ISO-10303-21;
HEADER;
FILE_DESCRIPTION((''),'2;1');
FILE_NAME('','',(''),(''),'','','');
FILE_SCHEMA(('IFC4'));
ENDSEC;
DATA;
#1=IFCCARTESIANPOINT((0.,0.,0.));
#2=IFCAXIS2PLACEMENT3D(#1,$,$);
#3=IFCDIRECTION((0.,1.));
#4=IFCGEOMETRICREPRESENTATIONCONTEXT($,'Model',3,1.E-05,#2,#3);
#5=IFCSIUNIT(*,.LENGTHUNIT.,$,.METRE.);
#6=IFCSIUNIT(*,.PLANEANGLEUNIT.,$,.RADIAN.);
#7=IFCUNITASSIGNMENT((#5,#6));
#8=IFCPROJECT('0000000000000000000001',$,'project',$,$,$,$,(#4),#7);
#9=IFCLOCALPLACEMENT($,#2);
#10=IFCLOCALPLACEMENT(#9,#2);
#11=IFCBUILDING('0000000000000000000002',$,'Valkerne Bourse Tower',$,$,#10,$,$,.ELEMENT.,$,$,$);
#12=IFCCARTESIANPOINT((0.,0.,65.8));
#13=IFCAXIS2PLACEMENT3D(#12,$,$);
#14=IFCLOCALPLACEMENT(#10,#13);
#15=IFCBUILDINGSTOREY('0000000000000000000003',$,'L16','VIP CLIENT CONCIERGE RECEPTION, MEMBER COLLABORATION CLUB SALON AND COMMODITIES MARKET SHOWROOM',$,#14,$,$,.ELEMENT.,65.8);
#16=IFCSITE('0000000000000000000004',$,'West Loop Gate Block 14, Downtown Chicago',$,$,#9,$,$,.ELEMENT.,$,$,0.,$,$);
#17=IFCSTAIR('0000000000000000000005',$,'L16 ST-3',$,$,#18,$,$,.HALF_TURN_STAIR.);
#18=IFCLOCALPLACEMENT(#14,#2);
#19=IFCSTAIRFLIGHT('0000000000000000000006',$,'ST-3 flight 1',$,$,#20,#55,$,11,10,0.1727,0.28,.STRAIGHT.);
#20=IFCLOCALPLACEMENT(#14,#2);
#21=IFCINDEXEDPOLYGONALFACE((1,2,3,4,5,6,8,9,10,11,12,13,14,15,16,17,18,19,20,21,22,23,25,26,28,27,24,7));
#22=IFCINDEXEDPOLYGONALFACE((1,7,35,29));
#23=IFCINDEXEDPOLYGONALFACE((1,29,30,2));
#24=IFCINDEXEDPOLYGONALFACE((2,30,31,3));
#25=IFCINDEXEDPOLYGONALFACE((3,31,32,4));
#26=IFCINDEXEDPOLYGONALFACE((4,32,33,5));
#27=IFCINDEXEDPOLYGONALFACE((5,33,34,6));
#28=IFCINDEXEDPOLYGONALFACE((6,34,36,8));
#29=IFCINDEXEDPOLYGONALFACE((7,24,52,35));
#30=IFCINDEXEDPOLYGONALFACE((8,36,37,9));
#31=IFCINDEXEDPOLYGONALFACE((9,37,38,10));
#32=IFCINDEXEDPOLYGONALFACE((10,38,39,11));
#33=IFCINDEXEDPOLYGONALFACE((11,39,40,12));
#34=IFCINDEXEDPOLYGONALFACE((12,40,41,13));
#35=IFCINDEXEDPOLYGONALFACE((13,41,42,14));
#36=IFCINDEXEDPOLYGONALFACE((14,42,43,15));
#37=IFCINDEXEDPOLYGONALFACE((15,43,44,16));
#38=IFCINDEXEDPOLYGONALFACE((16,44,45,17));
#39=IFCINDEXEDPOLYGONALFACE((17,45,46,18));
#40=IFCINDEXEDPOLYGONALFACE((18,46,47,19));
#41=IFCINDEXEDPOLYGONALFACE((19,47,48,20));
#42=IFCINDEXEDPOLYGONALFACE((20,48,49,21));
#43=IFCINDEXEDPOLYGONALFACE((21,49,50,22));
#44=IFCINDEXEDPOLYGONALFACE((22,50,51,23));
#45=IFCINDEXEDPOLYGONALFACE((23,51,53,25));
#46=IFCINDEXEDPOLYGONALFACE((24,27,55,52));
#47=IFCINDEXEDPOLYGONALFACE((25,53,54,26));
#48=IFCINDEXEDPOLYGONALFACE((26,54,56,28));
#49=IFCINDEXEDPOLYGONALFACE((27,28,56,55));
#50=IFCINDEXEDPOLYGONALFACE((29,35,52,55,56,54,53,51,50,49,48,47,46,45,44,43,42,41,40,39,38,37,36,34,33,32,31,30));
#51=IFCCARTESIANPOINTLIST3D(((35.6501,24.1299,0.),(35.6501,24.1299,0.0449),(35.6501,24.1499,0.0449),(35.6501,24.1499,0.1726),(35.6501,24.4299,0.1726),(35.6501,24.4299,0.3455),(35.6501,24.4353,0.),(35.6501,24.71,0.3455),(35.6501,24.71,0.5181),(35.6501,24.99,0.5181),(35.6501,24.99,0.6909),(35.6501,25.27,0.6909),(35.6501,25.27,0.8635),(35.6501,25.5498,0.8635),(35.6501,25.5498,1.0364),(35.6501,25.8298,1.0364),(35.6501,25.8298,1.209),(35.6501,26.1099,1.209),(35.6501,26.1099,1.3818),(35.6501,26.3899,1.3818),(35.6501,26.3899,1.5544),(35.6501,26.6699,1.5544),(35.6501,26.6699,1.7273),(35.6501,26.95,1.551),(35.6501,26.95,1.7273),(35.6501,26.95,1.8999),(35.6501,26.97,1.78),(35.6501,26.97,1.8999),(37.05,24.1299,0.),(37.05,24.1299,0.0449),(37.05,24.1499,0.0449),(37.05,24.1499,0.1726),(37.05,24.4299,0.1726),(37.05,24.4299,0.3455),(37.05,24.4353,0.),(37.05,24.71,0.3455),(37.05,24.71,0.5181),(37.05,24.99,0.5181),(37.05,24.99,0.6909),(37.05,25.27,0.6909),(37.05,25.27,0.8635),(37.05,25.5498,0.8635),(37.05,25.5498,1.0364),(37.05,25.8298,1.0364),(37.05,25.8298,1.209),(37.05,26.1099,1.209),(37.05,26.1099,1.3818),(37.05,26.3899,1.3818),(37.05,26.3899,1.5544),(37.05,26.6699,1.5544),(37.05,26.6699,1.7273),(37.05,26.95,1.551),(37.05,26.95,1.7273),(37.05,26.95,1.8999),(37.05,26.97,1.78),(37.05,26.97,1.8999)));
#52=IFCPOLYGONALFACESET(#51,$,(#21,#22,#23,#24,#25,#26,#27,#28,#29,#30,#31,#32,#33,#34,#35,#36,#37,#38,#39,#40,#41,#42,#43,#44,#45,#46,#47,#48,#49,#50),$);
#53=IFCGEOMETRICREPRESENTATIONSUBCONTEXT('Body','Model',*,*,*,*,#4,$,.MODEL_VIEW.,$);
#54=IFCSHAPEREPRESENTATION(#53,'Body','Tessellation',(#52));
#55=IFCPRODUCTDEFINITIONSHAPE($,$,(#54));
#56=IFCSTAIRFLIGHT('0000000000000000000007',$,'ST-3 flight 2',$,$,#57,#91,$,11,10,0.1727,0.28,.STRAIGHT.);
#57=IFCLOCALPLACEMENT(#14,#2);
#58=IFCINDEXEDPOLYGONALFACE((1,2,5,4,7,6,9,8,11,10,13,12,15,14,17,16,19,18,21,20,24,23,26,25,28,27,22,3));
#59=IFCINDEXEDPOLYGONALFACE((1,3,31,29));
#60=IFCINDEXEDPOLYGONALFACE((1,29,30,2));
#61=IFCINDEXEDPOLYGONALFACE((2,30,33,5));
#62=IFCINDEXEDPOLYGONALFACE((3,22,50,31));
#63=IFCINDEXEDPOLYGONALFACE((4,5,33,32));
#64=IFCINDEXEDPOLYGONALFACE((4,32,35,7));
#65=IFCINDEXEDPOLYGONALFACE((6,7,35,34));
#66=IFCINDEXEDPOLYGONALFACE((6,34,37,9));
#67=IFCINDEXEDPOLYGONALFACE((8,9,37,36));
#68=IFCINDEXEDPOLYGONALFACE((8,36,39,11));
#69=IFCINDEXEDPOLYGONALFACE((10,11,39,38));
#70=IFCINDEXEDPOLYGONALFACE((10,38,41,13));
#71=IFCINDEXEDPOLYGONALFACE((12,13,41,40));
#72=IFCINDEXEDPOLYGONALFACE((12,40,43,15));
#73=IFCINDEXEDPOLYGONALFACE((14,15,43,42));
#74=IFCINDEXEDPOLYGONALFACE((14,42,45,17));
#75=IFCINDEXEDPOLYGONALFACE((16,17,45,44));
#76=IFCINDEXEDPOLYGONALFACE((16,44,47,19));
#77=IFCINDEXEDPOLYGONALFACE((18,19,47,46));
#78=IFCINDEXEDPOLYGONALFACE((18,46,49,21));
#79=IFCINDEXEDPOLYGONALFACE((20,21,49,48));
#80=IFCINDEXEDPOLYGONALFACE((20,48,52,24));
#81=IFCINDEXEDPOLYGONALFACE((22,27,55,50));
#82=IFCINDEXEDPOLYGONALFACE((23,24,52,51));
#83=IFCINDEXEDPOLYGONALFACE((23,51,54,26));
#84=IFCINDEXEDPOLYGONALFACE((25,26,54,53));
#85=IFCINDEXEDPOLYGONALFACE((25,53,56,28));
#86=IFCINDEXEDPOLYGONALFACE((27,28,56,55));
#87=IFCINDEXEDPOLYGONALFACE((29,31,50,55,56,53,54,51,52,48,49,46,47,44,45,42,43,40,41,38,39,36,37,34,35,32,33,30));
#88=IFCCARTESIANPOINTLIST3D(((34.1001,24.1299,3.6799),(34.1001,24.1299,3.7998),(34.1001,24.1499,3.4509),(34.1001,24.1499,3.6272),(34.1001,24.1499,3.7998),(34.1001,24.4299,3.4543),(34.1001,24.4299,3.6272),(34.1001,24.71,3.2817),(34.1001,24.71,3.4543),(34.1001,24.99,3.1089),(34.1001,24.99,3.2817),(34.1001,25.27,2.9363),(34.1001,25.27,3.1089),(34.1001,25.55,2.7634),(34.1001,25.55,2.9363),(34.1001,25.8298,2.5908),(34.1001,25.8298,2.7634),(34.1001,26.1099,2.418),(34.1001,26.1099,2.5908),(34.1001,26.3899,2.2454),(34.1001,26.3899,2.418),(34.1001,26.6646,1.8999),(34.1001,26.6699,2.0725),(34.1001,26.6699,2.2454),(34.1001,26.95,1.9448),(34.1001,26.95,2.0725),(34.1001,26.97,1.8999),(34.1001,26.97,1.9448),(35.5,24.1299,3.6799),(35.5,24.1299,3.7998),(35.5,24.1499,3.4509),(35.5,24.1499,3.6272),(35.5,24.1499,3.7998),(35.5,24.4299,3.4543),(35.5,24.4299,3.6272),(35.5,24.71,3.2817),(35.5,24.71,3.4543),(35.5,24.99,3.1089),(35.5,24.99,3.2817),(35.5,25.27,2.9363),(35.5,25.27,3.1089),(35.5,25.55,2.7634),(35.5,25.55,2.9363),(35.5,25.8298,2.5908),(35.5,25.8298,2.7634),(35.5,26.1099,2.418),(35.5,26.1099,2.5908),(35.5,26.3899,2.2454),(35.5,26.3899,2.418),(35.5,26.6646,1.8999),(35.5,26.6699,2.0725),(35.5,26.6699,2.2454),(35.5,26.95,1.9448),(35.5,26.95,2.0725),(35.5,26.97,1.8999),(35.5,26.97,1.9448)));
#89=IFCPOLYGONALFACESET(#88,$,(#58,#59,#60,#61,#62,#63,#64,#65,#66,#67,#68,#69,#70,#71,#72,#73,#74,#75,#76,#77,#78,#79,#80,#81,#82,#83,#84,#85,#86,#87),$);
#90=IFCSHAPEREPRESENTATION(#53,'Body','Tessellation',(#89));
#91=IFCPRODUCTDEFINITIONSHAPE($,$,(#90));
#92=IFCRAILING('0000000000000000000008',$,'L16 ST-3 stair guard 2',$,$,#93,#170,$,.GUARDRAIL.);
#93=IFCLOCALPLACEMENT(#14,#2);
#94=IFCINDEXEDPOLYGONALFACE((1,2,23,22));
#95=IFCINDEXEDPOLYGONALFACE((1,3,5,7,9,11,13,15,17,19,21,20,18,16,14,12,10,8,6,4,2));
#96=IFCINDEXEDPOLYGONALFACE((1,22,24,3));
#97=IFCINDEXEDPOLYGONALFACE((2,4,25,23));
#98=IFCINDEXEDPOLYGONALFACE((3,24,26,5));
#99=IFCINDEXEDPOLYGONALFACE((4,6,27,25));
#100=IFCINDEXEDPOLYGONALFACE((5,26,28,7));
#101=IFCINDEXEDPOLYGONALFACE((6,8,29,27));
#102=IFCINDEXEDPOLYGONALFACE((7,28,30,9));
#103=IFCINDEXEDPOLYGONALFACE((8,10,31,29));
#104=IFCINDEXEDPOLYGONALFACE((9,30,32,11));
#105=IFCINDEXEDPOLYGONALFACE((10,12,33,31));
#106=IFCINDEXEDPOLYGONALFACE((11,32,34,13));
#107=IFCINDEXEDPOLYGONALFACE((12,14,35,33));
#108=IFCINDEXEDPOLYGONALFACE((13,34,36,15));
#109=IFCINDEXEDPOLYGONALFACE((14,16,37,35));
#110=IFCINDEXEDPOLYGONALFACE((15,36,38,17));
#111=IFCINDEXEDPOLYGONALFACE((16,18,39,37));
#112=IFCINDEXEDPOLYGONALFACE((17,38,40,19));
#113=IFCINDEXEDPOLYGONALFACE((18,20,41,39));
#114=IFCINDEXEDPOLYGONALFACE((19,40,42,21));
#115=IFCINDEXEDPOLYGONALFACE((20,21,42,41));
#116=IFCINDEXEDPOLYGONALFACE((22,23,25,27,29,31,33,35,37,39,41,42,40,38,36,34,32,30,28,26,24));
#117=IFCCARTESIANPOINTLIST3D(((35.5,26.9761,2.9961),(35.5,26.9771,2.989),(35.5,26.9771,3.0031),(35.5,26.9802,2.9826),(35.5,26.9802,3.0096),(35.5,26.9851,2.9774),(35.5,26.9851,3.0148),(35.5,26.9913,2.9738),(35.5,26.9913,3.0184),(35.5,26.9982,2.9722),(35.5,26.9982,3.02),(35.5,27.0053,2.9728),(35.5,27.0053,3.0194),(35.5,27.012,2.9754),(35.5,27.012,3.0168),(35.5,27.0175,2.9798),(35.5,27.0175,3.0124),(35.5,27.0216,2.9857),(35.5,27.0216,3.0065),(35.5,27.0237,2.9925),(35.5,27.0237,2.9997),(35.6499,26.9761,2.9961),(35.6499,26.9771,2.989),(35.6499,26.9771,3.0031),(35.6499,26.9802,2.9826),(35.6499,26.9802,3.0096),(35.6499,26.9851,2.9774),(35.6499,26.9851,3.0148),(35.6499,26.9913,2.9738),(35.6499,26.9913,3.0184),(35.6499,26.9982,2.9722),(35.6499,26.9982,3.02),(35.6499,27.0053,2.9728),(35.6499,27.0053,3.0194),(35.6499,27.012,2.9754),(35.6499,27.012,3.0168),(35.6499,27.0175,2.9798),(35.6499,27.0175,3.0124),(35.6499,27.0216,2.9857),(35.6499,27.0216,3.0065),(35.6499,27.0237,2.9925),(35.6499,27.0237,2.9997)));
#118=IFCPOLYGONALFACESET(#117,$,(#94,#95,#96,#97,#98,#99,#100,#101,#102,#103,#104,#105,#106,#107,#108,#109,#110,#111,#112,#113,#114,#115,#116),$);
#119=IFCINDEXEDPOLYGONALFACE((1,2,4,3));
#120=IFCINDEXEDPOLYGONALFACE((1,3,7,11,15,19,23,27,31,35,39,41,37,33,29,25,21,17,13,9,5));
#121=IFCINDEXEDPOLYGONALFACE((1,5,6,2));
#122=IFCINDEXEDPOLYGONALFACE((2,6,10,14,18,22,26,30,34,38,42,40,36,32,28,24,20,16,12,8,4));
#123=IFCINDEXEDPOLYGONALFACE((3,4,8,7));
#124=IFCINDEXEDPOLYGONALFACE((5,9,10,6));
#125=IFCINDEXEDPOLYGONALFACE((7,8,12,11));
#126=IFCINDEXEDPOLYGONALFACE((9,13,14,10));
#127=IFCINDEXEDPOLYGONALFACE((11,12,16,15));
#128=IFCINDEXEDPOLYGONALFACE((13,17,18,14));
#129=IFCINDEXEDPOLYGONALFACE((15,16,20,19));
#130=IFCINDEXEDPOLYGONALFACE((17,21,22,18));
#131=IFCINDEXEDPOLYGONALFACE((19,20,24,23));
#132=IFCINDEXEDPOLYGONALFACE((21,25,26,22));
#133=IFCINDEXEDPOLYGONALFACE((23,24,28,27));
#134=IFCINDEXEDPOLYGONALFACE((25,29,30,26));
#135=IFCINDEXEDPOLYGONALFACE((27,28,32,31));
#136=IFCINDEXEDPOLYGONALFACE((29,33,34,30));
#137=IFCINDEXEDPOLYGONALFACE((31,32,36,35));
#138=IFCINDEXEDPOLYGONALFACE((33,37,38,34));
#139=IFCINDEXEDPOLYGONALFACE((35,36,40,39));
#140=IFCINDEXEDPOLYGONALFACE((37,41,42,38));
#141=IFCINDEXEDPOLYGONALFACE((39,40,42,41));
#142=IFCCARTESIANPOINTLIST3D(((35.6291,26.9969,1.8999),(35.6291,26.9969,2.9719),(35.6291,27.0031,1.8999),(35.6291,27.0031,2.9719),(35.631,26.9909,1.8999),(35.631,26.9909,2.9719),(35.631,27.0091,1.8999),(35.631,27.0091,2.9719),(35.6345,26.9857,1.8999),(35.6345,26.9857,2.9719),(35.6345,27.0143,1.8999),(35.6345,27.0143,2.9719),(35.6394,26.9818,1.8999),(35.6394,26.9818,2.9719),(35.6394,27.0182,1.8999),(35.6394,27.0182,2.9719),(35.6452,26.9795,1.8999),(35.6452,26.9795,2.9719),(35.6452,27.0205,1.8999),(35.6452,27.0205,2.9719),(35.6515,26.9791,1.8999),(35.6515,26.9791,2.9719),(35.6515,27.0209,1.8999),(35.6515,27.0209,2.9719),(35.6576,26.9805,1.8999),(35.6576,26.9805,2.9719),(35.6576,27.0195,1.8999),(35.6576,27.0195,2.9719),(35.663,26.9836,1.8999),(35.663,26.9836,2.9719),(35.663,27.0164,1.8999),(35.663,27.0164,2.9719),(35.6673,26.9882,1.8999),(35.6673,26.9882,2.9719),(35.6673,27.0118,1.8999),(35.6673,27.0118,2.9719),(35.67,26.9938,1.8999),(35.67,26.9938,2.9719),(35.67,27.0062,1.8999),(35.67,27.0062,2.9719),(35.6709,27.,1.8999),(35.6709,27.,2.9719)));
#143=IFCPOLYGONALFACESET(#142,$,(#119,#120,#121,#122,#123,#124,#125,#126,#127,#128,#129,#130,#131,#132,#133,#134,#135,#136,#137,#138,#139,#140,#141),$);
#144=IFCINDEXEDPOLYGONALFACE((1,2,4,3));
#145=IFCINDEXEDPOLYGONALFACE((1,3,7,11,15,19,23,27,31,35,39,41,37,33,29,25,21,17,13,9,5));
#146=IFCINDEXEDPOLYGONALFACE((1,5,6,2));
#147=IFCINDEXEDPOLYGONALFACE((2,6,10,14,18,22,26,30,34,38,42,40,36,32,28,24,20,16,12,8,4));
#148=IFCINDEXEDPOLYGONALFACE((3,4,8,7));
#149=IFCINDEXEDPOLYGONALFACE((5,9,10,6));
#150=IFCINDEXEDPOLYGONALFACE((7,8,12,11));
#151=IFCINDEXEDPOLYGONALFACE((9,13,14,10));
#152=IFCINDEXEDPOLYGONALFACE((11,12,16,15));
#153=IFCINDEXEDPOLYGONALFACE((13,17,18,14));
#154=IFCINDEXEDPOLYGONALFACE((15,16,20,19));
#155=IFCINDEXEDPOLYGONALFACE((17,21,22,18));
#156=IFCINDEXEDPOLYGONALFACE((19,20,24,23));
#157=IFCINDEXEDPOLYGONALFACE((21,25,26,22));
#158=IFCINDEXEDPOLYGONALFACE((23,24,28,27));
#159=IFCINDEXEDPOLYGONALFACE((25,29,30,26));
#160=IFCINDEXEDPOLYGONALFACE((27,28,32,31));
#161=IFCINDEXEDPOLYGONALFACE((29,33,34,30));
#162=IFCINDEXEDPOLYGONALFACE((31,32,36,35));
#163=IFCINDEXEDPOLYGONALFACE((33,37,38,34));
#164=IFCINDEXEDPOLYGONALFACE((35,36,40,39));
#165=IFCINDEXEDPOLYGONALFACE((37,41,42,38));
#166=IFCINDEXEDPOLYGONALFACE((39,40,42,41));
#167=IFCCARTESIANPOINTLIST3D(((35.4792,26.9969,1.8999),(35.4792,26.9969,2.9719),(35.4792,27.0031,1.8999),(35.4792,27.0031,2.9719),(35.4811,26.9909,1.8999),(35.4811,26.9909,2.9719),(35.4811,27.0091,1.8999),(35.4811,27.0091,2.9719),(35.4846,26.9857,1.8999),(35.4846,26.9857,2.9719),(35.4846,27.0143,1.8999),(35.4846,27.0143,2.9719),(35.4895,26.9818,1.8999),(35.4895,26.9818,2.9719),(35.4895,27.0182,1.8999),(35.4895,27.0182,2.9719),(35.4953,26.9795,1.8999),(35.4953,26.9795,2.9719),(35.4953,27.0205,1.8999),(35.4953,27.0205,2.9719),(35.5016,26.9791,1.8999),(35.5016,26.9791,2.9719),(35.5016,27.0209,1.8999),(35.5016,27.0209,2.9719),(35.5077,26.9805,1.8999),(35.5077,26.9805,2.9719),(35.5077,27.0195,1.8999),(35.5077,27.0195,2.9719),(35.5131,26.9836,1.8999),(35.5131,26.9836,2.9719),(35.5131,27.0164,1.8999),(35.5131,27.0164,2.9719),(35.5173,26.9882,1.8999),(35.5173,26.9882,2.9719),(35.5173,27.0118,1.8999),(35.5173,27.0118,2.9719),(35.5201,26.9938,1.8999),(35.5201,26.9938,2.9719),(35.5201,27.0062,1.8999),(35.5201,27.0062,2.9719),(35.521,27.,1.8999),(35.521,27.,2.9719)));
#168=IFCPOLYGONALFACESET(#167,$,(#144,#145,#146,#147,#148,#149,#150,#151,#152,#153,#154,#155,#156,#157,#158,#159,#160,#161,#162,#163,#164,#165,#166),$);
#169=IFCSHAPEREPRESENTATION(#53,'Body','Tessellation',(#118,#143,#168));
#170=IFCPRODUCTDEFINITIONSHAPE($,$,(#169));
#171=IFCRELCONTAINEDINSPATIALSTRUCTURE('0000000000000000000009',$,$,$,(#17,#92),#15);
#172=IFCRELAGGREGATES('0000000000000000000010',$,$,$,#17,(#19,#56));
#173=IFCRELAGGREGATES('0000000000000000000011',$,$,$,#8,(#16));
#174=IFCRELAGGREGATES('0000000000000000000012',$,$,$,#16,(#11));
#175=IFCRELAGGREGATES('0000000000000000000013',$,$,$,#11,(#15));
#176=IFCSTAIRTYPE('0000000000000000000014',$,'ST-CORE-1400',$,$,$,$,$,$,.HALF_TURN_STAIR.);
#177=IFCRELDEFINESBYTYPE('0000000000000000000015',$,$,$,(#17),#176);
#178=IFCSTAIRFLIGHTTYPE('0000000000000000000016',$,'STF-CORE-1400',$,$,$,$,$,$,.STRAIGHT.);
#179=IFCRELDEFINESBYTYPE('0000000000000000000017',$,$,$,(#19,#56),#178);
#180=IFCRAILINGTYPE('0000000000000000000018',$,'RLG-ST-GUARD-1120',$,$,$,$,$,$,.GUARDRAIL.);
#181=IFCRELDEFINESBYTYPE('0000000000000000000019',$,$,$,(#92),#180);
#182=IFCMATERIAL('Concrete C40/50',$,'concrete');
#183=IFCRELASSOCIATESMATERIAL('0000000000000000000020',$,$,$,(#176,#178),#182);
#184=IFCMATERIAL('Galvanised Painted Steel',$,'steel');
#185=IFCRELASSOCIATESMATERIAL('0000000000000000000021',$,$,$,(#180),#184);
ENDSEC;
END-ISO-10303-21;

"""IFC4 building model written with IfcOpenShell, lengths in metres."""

from ifc_helpers import new_model, si_unit, direction, frame, origin, origin_2d, place, context, subcontext, project, spatial, polyline, circle, outline, extrude, material, type_object, element, aggregate, save


model = new_model("IFC4")

# Units and contexts
model_context = context("Model", 3, precision=1e-05, world=origin(), true_north=direction((0.0, 1.0)))
body_context = subcontext(model_context, "Body", "Model", "MODEL_VIEW")
ifc_project = project(units=[si_unit("LENGTHUNIT", "METRE"), si_unit("PLANEANGLEUNIT", "RADIAN")], contexts=[model_context])

# Site, building, storey
site_placement = place(None, origin())
site = spatial("IfcSite", under=ifc_project, at=site_placement, Name="West Loop Gate Block 14, Downtown Chicago", CompositionType="ELEMENT", RefElevation=0.0)
building_placement = place(site_placement, origin())
building = spatial("IfcBuilding", under=site, at=building_placement, Name="Valkerne Bourse Tower", CompositionType="ELEMENT")
storey_placement = place(building_placement, frame((0.0, 0.0, 65.8)))
storey = spatial("IfcBuildingStorey", under=building, at=storey_placement, Name="L16", Description="VIP CLIENT CONCIERGE RECEPTION, MEMBER COLLABORATION CLUB SALON AND COMMODITIES MARKET SHOWROOM", CompositionType="ELEMENT", Elevation=65.8)

# Shared definitions
ifc_material_1 = material(Name="Concrete C40/50", Category="concrete")

# Stair, stair flights
stair_type = type_object("IfcStairType", Name="ST-CORE-1400", PredefinedType="HALF_TURN_STAIR", material=ifc_material_1)
stair_placement = place(storey_placement, origin())
stair = element("IfcStair", 1, at=stair_placement, inside=storey, type_object=stair_type, Name="L16 ST-3", PredefinedType="HALF_TURN_STAIR")
stair_flight_type = type_object("IfcStairFlightType", Name="STF-CORE-1400", PredefinedType="STRAIGHT", material=ifc_material_1)
stair_flight_1_placement = place(storey_placement, frame((36.3501, 24.1499, 0.0), z_axis=(0.0, 0.0, 1.0), x_axis=(0.0, 1.0, 0.0)))
stair_flight_1 = element("IfcStairFlight", 2, at=stair_flight_1_placement, type_object=stair_flight_type, Name="ST-3 flight 1", NumberOfRisers=11, NumberOfTreads=10, PredefinedType="STRAIGHT", RiserHeight=0.1727, TreadLength=0.28, context=body_context, shape_type="SweptSolid", body=[
    extrude(outline(polyline([(-0.02, 0.0), (-0.02, 0.0449), (0.0, 0.0449), (0.0, 0.1726), (0.28, 0.1726), (0.28, 0.3455), (0.5601, 0.3455), (0.5601, 0.5181), (0.8401, 0.5181), (0.8401, 0.6909), (1.1201, 0.6909), (1.1201, 0.8635), (1.3999, 0.8635), (1.3999, 1.0364), (1.6799, 1.0364), (1.6799, 1.209), (1.96, 1.209), (1.96, 1.3818), (2.24, 1.3818), (2.24, 1.5544), (2.52, 1.5544), (2.52, 1.7273), (2.8, 1.7273), (2.8, 1.8999), (2.8201, 1.8999), (2.8201, 1.78), (2.8, 1.551), (0.2854, 0.0), (-0.02, 0.0)])), frame((0.0, 0.7, 0.0), z_axis=(0.0, -1.0, 0.0), x_axis=(1.0, 0.0, 0.0)), (0.0, 0.0, 1.0), 1.3999),
])
stair_flight_2_placement = place(storey_placement, frame((34.8, 26.95, 1.8999), z_axis=(0.0, 0.0, 1.0), x_axis=(0.0, -1.0, 0.0)))
stair_flight_2 = element("IfcStairFlight", 3, at=stair_flight_2_placement, type_object=stair_flight_type, Name="ST-3 flight 2", NumberOfRisers=11, NumberOfTreads=10, PredefinedType="STRAIGHT", RiserHeight=0.1727, TreadLength=0.28, context=body_context, shape_type="SweptSolid", body=[
    extrude(outline(polyline([(-0.02, 0.0), (-0.02, 0.0449), (0.0, 0.0449), (0.0, 0.1726), (0.28, 0.1726), (0.28, 0.3455), (0.5601, 0.3455), (0.5601, 0.5181), (0.8401, 0.5181), (0.8401, 0.6909), (1.1201, 0.6909), (1.1201, 0.8635), (1.3999, 0.8635), (1.3999, 1.0364), (1.6799, 1.0364), (1.6799, 1.209), (1.96, 1.209), (1.96, 1.3818), (2.24, 1.3818), (2.24, 1.5544), (2.52, 1.5544), (2.52, 1.7273), (2.8, 1.7273), (2.8, 1.8999), (2.8201, 1.8999), (2.8201, 1.78), (2.8, 1.551), (0.2854, 0.0), (-0.02, 0.0)])), frame((0.0, 0.7, 0.0), z_axis=(0.0, -1.0, 0.0), x_axis=(1.0, 0.0, 0.0)), (0.0, 0.0, 1.0), 1.3999),
])
aggregate(stair, [stair_flight_1, stair_flight_2])

# Railing
ifc_material_2 = material(Name="Galvanised Painted Steel", Category="steel")
railing_type_1 = type_object("IfcRailingType", Name="RLG-ST-GUARD-1120", PredefinedType="GUARDRAIL", material=ifc_material_2)
railing_1_placement = place(storey_placement, frame((35.6499, 27.0, 1.8999)))
element("IfcRailing", 4, at=railing_1_placement, inside=storey, type_object=railing_type_1, Name="L16 ST-3 stair guard 2", PredefinedType="GUARDRAIL", context=body_context, shape_type="SweptSolid", body=[
    extrude(circle(Radius=0.0239, at=origin_2d()), frame((0.0, 0.0, 1.0962), z_axis=(-1.0, 0.0, 0.0), x_axis=(0.0, -1.0, 0.0)), (0.0, 0.0, 1.0), 0.1499),
    extrude(circle(Radius=0.021, at=origin_2d()), origin(), (0.0, 0.0, 1.0), 1.072),
    extrude(circle(Radius=0.021, at=origin_2d()), frame((-0.1499, 0.0, 0.0)), (0.0, 0.0, 1.0), 1.072),
])

save(model, "model.ifc")
